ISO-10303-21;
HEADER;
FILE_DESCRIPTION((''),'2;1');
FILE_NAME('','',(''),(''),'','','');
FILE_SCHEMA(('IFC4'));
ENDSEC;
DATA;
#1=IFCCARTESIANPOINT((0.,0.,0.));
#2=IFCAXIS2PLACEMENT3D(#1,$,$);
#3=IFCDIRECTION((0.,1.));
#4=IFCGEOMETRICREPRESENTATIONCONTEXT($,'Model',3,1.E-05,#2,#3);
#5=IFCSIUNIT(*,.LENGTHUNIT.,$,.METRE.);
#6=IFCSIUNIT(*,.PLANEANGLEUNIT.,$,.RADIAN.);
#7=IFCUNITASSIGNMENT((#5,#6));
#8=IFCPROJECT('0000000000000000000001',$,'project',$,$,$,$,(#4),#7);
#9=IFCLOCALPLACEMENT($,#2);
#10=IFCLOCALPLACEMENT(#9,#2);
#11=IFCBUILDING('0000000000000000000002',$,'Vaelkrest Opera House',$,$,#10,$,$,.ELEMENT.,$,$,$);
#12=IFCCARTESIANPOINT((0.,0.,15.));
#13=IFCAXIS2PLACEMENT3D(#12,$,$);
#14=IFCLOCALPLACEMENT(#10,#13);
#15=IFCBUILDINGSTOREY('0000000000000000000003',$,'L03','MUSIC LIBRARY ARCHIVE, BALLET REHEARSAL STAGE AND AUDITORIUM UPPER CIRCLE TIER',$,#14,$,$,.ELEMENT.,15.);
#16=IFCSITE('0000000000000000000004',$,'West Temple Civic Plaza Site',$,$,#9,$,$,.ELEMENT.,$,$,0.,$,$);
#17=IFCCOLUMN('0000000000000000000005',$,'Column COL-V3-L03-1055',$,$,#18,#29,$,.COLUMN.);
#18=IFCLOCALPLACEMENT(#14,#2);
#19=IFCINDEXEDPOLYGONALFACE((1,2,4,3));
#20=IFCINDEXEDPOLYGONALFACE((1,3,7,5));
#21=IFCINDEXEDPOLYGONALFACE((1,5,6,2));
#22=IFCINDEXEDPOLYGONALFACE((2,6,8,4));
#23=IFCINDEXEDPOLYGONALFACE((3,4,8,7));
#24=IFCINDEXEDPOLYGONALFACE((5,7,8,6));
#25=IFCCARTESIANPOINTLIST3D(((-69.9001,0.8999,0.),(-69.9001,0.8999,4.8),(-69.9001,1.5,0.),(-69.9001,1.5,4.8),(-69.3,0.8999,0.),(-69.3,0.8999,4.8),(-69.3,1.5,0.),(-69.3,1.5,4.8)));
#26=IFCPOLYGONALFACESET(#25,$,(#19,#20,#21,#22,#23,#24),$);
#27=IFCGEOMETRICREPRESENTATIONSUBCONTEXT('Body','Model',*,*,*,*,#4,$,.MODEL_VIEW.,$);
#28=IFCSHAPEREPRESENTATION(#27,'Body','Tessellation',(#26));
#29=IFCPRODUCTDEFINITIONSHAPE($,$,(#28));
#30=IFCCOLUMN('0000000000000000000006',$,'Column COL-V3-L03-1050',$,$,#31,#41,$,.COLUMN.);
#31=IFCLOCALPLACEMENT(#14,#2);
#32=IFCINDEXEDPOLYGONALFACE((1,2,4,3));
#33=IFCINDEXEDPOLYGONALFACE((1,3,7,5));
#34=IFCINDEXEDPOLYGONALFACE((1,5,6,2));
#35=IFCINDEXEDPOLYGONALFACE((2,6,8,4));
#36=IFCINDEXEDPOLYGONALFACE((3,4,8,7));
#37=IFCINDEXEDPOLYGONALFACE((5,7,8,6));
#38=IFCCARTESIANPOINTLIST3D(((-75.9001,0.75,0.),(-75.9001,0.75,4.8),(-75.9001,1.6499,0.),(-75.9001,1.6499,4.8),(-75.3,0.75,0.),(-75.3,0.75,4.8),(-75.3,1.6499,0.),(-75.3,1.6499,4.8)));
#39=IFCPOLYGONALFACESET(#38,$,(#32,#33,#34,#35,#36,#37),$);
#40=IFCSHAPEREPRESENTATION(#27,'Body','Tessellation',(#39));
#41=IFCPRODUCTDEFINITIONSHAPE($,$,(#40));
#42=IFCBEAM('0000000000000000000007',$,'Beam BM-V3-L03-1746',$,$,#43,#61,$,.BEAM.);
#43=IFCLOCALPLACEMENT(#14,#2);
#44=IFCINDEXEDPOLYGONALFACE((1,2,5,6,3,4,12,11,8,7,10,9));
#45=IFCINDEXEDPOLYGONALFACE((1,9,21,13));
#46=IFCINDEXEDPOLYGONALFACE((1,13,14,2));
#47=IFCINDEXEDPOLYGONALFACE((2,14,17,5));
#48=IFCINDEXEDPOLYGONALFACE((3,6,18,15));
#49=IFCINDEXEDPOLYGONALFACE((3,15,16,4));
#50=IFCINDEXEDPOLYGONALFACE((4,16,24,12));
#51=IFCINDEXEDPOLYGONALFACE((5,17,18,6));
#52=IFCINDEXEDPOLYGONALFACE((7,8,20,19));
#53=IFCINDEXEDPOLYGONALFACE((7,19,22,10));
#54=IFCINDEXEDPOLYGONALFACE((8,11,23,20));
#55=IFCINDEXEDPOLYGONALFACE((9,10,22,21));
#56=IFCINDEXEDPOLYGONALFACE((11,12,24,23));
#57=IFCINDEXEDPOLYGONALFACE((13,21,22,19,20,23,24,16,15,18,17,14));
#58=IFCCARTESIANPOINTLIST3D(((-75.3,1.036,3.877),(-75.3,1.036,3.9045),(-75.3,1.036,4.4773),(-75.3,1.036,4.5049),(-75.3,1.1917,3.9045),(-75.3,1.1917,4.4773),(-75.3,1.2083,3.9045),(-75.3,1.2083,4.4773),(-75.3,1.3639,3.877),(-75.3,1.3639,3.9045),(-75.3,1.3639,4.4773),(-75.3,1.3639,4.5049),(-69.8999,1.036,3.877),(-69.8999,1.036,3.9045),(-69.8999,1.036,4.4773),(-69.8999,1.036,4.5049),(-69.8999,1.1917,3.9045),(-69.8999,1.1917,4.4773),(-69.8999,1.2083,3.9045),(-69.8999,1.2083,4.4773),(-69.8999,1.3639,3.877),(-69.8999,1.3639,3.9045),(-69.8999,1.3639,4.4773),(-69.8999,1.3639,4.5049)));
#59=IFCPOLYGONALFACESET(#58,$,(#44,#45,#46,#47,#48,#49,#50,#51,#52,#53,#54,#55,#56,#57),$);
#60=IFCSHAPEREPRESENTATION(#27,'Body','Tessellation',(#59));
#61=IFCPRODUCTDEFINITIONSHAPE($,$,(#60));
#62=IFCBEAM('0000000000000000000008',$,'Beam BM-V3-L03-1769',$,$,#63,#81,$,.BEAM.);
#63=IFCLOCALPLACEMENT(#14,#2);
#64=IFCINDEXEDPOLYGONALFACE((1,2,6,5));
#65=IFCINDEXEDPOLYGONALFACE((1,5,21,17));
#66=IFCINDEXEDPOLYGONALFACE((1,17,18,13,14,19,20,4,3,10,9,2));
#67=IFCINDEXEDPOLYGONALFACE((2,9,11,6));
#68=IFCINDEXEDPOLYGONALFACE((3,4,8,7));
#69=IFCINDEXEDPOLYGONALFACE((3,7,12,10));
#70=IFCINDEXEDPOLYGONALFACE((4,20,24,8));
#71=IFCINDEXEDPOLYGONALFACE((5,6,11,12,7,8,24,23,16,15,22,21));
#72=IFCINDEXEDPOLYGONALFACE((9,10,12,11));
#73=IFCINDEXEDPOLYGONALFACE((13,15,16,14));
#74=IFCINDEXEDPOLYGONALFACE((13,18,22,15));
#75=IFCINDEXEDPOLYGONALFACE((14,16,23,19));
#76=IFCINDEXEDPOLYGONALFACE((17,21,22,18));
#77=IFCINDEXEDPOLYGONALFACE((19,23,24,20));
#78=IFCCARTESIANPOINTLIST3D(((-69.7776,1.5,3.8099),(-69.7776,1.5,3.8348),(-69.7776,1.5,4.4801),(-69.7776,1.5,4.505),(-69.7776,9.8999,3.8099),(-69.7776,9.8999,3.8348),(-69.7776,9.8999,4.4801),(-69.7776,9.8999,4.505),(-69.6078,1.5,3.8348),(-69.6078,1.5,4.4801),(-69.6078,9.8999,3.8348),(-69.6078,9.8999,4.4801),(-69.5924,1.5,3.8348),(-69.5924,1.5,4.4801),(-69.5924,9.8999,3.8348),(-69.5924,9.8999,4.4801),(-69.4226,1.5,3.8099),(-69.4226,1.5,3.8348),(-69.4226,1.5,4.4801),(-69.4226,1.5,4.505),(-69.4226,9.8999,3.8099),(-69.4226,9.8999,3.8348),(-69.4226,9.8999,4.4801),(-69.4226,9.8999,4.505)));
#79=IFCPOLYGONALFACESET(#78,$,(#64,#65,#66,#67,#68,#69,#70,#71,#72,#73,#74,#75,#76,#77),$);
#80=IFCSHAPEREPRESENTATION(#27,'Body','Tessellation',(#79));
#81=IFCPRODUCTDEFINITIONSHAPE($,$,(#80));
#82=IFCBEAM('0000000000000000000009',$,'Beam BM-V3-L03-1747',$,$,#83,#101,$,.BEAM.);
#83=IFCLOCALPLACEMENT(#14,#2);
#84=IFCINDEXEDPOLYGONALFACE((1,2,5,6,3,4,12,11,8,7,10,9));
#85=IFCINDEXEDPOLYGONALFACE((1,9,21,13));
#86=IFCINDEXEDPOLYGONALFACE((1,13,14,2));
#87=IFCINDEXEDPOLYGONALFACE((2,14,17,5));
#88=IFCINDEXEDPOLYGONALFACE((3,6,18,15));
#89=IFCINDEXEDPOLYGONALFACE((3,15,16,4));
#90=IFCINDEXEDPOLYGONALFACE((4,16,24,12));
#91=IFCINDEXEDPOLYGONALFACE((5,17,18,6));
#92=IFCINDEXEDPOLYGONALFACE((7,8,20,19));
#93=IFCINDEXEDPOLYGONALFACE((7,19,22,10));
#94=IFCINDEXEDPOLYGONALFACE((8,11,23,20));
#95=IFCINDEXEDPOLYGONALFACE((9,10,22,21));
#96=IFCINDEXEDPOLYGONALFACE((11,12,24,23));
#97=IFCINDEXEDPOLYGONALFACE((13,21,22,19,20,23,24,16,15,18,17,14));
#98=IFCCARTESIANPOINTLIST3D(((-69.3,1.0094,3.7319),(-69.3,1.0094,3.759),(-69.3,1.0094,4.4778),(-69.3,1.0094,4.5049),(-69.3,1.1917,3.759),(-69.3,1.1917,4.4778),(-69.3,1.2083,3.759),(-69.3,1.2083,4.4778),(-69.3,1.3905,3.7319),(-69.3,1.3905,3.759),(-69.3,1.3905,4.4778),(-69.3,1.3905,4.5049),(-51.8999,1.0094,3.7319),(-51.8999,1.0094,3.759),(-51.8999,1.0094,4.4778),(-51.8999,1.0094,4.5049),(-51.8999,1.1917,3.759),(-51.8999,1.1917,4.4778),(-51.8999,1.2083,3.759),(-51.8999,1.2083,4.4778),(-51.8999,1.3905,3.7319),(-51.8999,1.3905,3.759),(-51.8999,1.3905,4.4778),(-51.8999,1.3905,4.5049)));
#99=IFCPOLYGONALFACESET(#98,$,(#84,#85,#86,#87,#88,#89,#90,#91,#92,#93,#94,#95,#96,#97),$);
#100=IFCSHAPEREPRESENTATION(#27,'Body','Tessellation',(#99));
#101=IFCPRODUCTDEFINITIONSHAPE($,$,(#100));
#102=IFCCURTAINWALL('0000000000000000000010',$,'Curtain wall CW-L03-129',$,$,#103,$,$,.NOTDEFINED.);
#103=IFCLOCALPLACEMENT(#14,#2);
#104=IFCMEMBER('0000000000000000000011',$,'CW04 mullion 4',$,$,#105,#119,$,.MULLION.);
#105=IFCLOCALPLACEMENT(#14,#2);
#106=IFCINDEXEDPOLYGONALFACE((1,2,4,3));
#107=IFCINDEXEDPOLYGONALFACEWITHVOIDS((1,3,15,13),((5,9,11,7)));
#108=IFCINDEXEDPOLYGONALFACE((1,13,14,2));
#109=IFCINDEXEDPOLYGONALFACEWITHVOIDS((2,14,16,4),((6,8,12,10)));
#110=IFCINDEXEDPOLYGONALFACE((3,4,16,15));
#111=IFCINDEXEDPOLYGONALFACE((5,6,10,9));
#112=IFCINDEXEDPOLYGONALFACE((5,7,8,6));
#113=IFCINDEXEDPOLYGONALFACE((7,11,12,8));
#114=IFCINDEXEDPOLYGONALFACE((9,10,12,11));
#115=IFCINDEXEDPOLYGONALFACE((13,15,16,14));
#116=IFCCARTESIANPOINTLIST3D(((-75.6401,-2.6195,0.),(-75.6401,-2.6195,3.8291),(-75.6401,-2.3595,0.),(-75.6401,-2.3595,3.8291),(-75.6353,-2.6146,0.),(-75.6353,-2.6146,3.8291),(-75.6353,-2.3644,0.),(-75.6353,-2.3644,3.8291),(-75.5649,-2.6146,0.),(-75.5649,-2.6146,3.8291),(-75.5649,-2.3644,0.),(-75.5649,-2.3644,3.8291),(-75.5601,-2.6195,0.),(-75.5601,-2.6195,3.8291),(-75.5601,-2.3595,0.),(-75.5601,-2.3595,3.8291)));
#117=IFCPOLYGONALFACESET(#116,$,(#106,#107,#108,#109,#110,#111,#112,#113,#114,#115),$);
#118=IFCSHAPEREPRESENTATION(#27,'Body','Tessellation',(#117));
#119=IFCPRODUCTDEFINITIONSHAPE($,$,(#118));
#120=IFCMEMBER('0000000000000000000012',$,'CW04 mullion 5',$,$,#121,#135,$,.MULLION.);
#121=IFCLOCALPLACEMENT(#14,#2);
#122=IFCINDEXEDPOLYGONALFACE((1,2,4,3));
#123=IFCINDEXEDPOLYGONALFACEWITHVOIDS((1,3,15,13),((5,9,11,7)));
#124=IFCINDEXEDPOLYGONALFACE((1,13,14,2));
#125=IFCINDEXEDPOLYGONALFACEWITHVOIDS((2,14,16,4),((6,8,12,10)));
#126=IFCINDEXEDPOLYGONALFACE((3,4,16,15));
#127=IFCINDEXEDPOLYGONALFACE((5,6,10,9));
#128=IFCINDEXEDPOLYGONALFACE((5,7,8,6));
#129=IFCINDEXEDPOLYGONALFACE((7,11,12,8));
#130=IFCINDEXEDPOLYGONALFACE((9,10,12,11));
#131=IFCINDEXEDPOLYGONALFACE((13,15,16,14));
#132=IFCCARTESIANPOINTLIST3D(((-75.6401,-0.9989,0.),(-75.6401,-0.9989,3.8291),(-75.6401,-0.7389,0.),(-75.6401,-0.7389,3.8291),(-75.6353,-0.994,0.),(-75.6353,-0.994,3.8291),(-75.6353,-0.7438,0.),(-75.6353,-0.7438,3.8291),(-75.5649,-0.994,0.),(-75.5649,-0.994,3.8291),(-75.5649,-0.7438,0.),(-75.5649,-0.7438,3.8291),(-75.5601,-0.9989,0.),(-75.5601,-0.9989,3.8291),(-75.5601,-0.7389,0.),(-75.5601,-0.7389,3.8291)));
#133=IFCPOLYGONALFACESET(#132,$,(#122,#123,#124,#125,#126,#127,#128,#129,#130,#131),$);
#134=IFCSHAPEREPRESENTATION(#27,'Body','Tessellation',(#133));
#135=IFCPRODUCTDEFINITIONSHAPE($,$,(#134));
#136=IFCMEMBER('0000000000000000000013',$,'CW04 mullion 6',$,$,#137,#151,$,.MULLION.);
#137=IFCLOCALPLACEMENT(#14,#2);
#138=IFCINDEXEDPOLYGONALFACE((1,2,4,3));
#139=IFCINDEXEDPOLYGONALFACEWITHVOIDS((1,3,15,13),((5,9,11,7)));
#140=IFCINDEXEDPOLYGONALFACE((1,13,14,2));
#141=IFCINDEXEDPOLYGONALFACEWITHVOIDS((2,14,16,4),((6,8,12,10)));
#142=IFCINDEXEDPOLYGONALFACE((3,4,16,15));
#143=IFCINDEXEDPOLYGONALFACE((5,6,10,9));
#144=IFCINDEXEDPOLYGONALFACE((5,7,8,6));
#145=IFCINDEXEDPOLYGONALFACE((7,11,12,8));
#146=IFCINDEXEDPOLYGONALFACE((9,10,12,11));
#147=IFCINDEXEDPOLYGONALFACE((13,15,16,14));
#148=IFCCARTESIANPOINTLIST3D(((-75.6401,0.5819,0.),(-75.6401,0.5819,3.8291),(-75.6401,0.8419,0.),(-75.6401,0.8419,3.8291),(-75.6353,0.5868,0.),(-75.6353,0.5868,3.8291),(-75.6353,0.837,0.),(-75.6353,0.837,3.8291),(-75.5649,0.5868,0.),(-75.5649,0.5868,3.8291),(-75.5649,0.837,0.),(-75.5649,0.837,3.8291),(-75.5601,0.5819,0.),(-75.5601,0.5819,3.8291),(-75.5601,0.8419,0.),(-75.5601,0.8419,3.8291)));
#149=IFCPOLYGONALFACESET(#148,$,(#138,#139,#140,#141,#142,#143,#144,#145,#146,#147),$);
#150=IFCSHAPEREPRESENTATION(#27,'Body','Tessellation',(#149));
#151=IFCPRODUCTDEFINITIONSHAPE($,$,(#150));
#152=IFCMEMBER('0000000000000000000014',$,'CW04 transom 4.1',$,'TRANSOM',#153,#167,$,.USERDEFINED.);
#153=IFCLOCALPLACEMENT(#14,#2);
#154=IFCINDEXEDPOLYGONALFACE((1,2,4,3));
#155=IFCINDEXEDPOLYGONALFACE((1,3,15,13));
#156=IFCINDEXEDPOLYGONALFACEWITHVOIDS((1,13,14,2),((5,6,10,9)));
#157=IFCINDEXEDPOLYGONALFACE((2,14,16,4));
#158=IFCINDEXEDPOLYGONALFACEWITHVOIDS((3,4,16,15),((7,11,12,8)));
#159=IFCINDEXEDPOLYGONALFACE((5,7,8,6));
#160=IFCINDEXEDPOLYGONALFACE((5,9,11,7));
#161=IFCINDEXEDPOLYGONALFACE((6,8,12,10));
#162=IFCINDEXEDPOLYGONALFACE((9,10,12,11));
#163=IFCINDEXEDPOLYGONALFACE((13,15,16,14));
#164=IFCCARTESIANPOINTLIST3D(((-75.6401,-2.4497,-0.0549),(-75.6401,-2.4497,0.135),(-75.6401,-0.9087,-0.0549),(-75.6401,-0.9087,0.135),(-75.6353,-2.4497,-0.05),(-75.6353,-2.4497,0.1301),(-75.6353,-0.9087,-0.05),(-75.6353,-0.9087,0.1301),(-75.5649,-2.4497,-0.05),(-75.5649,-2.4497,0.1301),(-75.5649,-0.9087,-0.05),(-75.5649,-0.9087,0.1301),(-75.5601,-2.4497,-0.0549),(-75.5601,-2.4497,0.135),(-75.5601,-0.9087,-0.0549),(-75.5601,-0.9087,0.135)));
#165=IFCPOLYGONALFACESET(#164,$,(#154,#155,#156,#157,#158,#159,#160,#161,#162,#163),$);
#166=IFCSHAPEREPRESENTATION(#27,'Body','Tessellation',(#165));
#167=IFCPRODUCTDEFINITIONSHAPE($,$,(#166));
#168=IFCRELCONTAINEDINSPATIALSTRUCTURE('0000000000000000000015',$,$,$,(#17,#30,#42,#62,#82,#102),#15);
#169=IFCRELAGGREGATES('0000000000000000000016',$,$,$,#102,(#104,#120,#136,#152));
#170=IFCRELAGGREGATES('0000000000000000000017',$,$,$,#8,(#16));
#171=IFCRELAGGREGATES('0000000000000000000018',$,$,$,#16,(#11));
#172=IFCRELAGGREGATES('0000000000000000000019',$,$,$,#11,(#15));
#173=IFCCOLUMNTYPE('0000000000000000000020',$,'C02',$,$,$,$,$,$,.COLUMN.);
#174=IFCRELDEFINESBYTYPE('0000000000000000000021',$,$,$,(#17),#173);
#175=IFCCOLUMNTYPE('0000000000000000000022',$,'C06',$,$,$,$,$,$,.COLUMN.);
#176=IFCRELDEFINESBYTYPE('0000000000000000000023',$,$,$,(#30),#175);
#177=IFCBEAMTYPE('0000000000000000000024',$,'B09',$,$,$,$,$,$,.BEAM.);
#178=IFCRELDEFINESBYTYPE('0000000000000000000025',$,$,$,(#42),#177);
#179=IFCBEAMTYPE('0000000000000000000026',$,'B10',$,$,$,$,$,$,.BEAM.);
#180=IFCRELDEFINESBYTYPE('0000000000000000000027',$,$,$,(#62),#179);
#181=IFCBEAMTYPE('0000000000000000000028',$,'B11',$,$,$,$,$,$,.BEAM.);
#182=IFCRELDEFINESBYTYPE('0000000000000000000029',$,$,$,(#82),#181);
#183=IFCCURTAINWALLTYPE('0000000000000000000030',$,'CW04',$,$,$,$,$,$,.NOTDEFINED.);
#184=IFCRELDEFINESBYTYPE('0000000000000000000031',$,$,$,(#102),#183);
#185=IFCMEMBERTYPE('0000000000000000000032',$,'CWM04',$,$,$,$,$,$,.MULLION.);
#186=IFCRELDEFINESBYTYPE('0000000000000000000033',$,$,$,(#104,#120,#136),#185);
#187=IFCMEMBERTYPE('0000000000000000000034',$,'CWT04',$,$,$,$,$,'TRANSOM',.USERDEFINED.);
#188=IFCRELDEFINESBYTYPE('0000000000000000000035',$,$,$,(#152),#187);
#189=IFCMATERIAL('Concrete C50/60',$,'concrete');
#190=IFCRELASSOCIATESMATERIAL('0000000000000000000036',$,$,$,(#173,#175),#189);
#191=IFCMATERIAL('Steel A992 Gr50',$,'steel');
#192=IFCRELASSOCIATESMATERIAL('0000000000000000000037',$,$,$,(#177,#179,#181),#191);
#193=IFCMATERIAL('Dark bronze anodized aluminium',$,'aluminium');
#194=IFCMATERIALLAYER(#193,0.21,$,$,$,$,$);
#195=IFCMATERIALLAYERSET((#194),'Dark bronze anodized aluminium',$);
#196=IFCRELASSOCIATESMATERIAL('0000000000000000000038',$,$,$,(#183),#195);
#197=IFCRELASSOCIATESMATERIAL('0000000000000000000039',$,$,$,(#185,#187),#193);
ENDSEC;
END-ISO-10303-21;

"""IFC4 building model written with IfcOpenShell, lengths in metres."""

from ifc_helpers import new_model, si_unit, direction, frame, origin, origin_2d, place, context, subcontext, project, spatial, rectangle, hollow_rectangle, i_section, extrude, material, layer, layer_set, material_profile, profile_set, type_object, element, aggregate, save


model = new_model("IFC4")

# Units and contexts
model_context = context("Model", 3, precision=1e-05, world=origin(), true_north=direction((0.0, 1.0)))
body_context = subcontext(model_context, "Body", "Model", "MODEL_VIEW")
ifc_project = project(units=[si_unit("LENGTHUNIT", "METRE"), si_unit("PLANEANGLEUNIT", "RADIAN")], contexts=[model_context])

# Site, building, storey
site_placement = place(None, origin())
site = spatial("IfcSite", under=ifc_project, at=site_placement, Name="West Temple Civic Plaza Site", CompositionType="ELEMENT", RefElevation=0.0)
building_placement = place(site_placement, origin())
building = spatial("IfcBuilding", under=site, at=building_placement, Name="Vaelkrest Opera House", CompositionType="ELEMENT")
storey_placement = place(building_placement, frame((0.0, 0.0, 15.0)))
storey = spatial("IfcBuildingStorey", under=building, at=storey_placement, Name="L03", Description="MUSIC LIBRARY ARCHIVE, BALLET REHEARSAL STAGE AND AUDITORIUM UPPER CIRCLE TIER", CompositionType="ELEMENT", Elevation=15.0)

# Columns
ifc_material_1 = material(Name="Concrete C50/60", Category="concrete")
ifc_material_profile_1 = material_profile(ifc_material_1, rectangle(XDim=0.6001, YDim=0.6001, at=origin_2d()), Name="RC600X600")
ifc_profile_set_1 = profile_set([ifc_material_profile_1], Name="Concrete C50/60")
column_type_1 = type_object("IfcColumnType", Name="C02", PredefinedType="COLUMN", material=ifc_profile_set_1)
column_1_placement = place(storey_placement, frame((-69.6001, 1.2, 0.0), z_axis=(0.0, 0.0, 1.0), x_axis=(1.0, 0.0, 0.0)))
element("IfcColumn", 1, at=column_1_placement, inside=storey, type_object=column_type_1, Name="Column COL-V3-L03-1055", PredefinedType="COLUMN", context=body_context, shape_type="SweptSolid", body=[
    extrude(rectangle(XDim=0.6001, YDim=0.6001, at=origin_2d()), origin(), (0.0, 0.0, 1.0), 4.8),
])
ifc_material_profile_2 = material_profile(ifc_material_1, rectangle(XDim=0.6001, YDim=0.8999, at=origin_2d()), Name="RC600X900")
ifc_profile_set_2 = profile_set([ifc_material_profile_2], Name="Concrete C50/60")
column_type_2 = type_object("IfcColumnType", Name="C06", PredefinedType="COLUMN", material=ifc_profile_set_2)
column_2_placement = place(storey_placement, frame((-75.6001, 1.2, 0.0), z_axis=(0.0, 0.0, 1.0), x_axis=(1.0, 0.0, 0.0)))
element("IfcColumn", 2, at=column_2_placement, inside=storey, type_object=column_type_2, Name="Column COL-V3-L03-1050", PredefinedType="COLUMN", context=body_context, shape_type="SweptSolid", body=[
    extrude(rectangle(XDim=0.6001, YDim=0.8999, at=origin_2d()), origin(), (0.0, 0.0, 1.0), 4.8),
])

# Beams
ifc_material_2 = material(Name="Steel A992 Gr50", Category="steel")
ifc_material_profile_3 = material_profile(ifc_material_2, i_section(OverallWidth=0.3279, OverallDepth=0.6279, WebThickness=0.0166, FlangeThickness=0.0276, at=origin_2d()), Name="W24X146")
ifc_profile_set_3 = profile_set([ifc_material_profile_3], Name="Steel A992 Gr50")
beam_type_1 = type_object("IfcBeamType", Name="B09", PredefinedType="BEAM", material=ifc_profile_set_3)
beam_1_placement = place(storey_placement, frame((-75.3, 1.2, 4.1909), z_axis=(1.0, 0.0, 0.0), x_axis=(0.0, 1.0, 0.0)))
element("IfcBeam", 3, at=beam_1_placement, inside=storey, type_object=beam_type_1, Name="Beam BM-V3-L03-1746", PredefinedType="BEAM", context=body_context, shape_type="SweptSolid", body=[
    extrude(i_section(OverallWidth=0.3279, OverallDepth=0.6279, WebThickness=0.0166, FlangeThickness=0.0276, at=origin_2d()), origin(), (0.0, 0.0, 1.0), 5.4001),
])
ifc_material_profile_4 = material_profile(ifc_material_2, i_section(OverallWidth=0.355, OverallDepth=0.6951, WebThickness=0.0154, FlangeThickness=0.0249, at=origin_2d()), Name="W27X146")
ifc_profile_set_4 = profile_set([ifc_material_profile_4], Name="Steel A992 Gr50")
beam_type_2 = type_object("IfcBeamType", Name="B10", PredefinedType="BEAM", material=ifc_profile_set_4)
beam_2_placement = place(storey_placement, frame((-69.6001, 1.5, 4.1575), z_axis=(0.0, 1.0, 0.0), x_axis=(-1.0, 0.0, 0.0)))
element("IfcBeam", 4, at=beam_2_placement, inside=storey, type_object=beam_type_2, Name="Beam BM-V3-L03-1769", PredefinedType="BEAM", context=body_context, shape_type="SweptSolid", body=[
    extrude(i_section(OverallWidth=0.355, OverallDepth=0.6951, WebThickness=0.0154, FlangeThickness=0.0249, at=origin_2d()), origin(), (0.0, 0.0, 1.0), 8.3999),
])
ifc_material_profile_5 = material_profile(ifc_material_2, i_section(OverallWidth=0.3811, OverallDepth=0.7729, WebThickness=0.0166, FlangeThickness=0.0271, at=origin_2d()), Name="W30X173")
ifc_profile_set_5 = profile_set([ifc_material_profile_5], Name="Steel A992 Gr50")
beam_type_3 = type_object("IfcBeamType", Name="B11", PredefinedType="BEAM", material=ifc_profile_set_5)
beam_3_placement = place(storey_placement, frame((-69.3, 1.2, 4.1184), z_axis=(1.0, 0.0, 0.0), x_axis=(0.0, 1.0, 0.0)))
element("IfcBeam", 5, at=beam_3_placement, inside=storey, type_object=beam_type_3, Name="Beam BM-V3-L03-1747", PredefinedType="BEAM", context=body_context, shape_type="SweptSolid", body=[
    extrude(i_section(OverallWidth=0.3811, OverallDepth=0.7729, WebThickness=0.0166, FlangeThickness=0.0271, at=origin_2d()), origin(), (0.0, 0.0, 1.0), 17.4001),
])

# Curtain wall, members
ifc_material_3 = material(Name="Dark bronze anodized aluminium", Category="aluminium")
ifc_layer_1 = layer(ifc_material_3, 0.21)
ifc_layer_set_1 = layer_set([ifc_layer_1], Name="Dark bronze anodized aluminium")
curtain_wall_type = type_object("IfcCurtainWallType", Name="CW04", PredefinedType="NOTDEFINED", material=ifc_layer_set_1)
curtain_wall_placement = place(storey_placement, origin())
curtain_wall = element("IfcCurtainWall", 6, at=curtain_wall_placement, inside=storey, type_object=curtain_wall_type, Name="Curtain wall CW-L03-129", PredefinedType="NOTDEFINED")
ifc_material_profile_6 = material_profile(ifc_material_3, hollow_rectangle(XDim=0.0801, YDim=0.26, WallThickness=0.0049, at=origin_2d()), Name="CWM80X260")
ifc_profile_set_6 = profile_set([ifc_material_profile_6], Name="Dark bronze anodized aluminium")
member_type_1 = type_object("IfcMemberType", Name="CWM04", PredefinedType="MULLION", material=ifc_profile_set_6)
member_1_placement = place(storey_placement, frame((-75.6001, -2.4895, 0.0), z_axis=(0.0, 0.0, 1.0), x_axis=(-1.0, 0.0, 0.0)))
member_1 = element("IfcMember", 7, at=member_1_placement, type_object=member_type_1, Name="CW04 mullion 4", PredefinedType="MULLION", context=body_context, shape_type="SweptSolid", body=[
    extrude(hollow_rectangle(XDim=0.0801, YDim=0.26, WallThickness=0.0049, at=origin_2d()), origin(), (0.0, 0.0, 1.0), 3.8291),
])
member_2_placement = place(storey_placement, frame((-75.6001, -0.8689, 0.0), z_axis=(0.0, 0.0, 1.0), x_axis=(-1.0, 0.0, 0.0)))
member_2 = element("IfcMember", 8, at=member_2_placement, type_object=member_type_1, Name="CW04 mullion 5", PredefinedType="MULLION", context=body_context, shape_type="SweptSolid", body=[
    extrude(hollow_rectangle(XDim=0.0801, YDim=0.26, WallThickness=0.0049, at=origin_2d()), origin(), (0.0, 0.0, 1.0), 3.8291),
])
member_3_placement = place(storey_placement, frame((-75.6001, 0.7119, 0.0), z_axis=(0.0, 0.0, 1.0), x_axis=(-1.0, 0.0, 0.0)))
member_3 = element("IfcMember", 9, at=member_3_placement, type_object=member_type_1, Name="CW04 mullion 6", PredefinedType="MULLION", context=body_context, shape_type="SweptSolid", body=[
    extrude(hollow_rectangle(XDim=0.0801, YDim=0.26, WallThickness=0.0049, at=origin_2d()), origin(), (0.0, 0.0, 1.0), 3.8291),
])
ifc_material_profile_7 = material_profile(ifc_material_3, hollow_rectangle(XDim=0.0801, YDim=0.1899, WallThickness=0.0049, at=origin_2d()), Name="CWT80X190")
ifc_profile_set_7 = profile_set([ifc_material_profile_7], Name="Dark bronze anodized aluminium")
member_type_2 = type_object("IfcMemberType", Name="CWT04", ElementType="TRANSOM", PredefinedType="USERDEFINED", material=ifc_profile_set_7)
member_4_placement = place(storey_placement, frame((-75.6001, -2.4497, 0.04), z_axis=(0.0, 1.0, 0.0), x_axis=(-1.0, 0.0, 0.0)))
member_4 = element("IfcMember", 10, at=member_4_placement, type_object=member_type_2, Name="CW04 transom 4.1", ObjectType="TRANSOM", PredefinedType="USERDEFINED", context=body_context, shape_type="SweptSolid", body=[
    extrude(hollow_rectangle(XDim=0.0801, YDim=0.1899, WallThickness=0.0049, at=origin_2d()), origin(), (0.0, 0.0, 1.0), 1.541),
])

aggregate(curtain_wall, [member_1, member_2, member_3, member_4])

save(model, "model.ifc")
